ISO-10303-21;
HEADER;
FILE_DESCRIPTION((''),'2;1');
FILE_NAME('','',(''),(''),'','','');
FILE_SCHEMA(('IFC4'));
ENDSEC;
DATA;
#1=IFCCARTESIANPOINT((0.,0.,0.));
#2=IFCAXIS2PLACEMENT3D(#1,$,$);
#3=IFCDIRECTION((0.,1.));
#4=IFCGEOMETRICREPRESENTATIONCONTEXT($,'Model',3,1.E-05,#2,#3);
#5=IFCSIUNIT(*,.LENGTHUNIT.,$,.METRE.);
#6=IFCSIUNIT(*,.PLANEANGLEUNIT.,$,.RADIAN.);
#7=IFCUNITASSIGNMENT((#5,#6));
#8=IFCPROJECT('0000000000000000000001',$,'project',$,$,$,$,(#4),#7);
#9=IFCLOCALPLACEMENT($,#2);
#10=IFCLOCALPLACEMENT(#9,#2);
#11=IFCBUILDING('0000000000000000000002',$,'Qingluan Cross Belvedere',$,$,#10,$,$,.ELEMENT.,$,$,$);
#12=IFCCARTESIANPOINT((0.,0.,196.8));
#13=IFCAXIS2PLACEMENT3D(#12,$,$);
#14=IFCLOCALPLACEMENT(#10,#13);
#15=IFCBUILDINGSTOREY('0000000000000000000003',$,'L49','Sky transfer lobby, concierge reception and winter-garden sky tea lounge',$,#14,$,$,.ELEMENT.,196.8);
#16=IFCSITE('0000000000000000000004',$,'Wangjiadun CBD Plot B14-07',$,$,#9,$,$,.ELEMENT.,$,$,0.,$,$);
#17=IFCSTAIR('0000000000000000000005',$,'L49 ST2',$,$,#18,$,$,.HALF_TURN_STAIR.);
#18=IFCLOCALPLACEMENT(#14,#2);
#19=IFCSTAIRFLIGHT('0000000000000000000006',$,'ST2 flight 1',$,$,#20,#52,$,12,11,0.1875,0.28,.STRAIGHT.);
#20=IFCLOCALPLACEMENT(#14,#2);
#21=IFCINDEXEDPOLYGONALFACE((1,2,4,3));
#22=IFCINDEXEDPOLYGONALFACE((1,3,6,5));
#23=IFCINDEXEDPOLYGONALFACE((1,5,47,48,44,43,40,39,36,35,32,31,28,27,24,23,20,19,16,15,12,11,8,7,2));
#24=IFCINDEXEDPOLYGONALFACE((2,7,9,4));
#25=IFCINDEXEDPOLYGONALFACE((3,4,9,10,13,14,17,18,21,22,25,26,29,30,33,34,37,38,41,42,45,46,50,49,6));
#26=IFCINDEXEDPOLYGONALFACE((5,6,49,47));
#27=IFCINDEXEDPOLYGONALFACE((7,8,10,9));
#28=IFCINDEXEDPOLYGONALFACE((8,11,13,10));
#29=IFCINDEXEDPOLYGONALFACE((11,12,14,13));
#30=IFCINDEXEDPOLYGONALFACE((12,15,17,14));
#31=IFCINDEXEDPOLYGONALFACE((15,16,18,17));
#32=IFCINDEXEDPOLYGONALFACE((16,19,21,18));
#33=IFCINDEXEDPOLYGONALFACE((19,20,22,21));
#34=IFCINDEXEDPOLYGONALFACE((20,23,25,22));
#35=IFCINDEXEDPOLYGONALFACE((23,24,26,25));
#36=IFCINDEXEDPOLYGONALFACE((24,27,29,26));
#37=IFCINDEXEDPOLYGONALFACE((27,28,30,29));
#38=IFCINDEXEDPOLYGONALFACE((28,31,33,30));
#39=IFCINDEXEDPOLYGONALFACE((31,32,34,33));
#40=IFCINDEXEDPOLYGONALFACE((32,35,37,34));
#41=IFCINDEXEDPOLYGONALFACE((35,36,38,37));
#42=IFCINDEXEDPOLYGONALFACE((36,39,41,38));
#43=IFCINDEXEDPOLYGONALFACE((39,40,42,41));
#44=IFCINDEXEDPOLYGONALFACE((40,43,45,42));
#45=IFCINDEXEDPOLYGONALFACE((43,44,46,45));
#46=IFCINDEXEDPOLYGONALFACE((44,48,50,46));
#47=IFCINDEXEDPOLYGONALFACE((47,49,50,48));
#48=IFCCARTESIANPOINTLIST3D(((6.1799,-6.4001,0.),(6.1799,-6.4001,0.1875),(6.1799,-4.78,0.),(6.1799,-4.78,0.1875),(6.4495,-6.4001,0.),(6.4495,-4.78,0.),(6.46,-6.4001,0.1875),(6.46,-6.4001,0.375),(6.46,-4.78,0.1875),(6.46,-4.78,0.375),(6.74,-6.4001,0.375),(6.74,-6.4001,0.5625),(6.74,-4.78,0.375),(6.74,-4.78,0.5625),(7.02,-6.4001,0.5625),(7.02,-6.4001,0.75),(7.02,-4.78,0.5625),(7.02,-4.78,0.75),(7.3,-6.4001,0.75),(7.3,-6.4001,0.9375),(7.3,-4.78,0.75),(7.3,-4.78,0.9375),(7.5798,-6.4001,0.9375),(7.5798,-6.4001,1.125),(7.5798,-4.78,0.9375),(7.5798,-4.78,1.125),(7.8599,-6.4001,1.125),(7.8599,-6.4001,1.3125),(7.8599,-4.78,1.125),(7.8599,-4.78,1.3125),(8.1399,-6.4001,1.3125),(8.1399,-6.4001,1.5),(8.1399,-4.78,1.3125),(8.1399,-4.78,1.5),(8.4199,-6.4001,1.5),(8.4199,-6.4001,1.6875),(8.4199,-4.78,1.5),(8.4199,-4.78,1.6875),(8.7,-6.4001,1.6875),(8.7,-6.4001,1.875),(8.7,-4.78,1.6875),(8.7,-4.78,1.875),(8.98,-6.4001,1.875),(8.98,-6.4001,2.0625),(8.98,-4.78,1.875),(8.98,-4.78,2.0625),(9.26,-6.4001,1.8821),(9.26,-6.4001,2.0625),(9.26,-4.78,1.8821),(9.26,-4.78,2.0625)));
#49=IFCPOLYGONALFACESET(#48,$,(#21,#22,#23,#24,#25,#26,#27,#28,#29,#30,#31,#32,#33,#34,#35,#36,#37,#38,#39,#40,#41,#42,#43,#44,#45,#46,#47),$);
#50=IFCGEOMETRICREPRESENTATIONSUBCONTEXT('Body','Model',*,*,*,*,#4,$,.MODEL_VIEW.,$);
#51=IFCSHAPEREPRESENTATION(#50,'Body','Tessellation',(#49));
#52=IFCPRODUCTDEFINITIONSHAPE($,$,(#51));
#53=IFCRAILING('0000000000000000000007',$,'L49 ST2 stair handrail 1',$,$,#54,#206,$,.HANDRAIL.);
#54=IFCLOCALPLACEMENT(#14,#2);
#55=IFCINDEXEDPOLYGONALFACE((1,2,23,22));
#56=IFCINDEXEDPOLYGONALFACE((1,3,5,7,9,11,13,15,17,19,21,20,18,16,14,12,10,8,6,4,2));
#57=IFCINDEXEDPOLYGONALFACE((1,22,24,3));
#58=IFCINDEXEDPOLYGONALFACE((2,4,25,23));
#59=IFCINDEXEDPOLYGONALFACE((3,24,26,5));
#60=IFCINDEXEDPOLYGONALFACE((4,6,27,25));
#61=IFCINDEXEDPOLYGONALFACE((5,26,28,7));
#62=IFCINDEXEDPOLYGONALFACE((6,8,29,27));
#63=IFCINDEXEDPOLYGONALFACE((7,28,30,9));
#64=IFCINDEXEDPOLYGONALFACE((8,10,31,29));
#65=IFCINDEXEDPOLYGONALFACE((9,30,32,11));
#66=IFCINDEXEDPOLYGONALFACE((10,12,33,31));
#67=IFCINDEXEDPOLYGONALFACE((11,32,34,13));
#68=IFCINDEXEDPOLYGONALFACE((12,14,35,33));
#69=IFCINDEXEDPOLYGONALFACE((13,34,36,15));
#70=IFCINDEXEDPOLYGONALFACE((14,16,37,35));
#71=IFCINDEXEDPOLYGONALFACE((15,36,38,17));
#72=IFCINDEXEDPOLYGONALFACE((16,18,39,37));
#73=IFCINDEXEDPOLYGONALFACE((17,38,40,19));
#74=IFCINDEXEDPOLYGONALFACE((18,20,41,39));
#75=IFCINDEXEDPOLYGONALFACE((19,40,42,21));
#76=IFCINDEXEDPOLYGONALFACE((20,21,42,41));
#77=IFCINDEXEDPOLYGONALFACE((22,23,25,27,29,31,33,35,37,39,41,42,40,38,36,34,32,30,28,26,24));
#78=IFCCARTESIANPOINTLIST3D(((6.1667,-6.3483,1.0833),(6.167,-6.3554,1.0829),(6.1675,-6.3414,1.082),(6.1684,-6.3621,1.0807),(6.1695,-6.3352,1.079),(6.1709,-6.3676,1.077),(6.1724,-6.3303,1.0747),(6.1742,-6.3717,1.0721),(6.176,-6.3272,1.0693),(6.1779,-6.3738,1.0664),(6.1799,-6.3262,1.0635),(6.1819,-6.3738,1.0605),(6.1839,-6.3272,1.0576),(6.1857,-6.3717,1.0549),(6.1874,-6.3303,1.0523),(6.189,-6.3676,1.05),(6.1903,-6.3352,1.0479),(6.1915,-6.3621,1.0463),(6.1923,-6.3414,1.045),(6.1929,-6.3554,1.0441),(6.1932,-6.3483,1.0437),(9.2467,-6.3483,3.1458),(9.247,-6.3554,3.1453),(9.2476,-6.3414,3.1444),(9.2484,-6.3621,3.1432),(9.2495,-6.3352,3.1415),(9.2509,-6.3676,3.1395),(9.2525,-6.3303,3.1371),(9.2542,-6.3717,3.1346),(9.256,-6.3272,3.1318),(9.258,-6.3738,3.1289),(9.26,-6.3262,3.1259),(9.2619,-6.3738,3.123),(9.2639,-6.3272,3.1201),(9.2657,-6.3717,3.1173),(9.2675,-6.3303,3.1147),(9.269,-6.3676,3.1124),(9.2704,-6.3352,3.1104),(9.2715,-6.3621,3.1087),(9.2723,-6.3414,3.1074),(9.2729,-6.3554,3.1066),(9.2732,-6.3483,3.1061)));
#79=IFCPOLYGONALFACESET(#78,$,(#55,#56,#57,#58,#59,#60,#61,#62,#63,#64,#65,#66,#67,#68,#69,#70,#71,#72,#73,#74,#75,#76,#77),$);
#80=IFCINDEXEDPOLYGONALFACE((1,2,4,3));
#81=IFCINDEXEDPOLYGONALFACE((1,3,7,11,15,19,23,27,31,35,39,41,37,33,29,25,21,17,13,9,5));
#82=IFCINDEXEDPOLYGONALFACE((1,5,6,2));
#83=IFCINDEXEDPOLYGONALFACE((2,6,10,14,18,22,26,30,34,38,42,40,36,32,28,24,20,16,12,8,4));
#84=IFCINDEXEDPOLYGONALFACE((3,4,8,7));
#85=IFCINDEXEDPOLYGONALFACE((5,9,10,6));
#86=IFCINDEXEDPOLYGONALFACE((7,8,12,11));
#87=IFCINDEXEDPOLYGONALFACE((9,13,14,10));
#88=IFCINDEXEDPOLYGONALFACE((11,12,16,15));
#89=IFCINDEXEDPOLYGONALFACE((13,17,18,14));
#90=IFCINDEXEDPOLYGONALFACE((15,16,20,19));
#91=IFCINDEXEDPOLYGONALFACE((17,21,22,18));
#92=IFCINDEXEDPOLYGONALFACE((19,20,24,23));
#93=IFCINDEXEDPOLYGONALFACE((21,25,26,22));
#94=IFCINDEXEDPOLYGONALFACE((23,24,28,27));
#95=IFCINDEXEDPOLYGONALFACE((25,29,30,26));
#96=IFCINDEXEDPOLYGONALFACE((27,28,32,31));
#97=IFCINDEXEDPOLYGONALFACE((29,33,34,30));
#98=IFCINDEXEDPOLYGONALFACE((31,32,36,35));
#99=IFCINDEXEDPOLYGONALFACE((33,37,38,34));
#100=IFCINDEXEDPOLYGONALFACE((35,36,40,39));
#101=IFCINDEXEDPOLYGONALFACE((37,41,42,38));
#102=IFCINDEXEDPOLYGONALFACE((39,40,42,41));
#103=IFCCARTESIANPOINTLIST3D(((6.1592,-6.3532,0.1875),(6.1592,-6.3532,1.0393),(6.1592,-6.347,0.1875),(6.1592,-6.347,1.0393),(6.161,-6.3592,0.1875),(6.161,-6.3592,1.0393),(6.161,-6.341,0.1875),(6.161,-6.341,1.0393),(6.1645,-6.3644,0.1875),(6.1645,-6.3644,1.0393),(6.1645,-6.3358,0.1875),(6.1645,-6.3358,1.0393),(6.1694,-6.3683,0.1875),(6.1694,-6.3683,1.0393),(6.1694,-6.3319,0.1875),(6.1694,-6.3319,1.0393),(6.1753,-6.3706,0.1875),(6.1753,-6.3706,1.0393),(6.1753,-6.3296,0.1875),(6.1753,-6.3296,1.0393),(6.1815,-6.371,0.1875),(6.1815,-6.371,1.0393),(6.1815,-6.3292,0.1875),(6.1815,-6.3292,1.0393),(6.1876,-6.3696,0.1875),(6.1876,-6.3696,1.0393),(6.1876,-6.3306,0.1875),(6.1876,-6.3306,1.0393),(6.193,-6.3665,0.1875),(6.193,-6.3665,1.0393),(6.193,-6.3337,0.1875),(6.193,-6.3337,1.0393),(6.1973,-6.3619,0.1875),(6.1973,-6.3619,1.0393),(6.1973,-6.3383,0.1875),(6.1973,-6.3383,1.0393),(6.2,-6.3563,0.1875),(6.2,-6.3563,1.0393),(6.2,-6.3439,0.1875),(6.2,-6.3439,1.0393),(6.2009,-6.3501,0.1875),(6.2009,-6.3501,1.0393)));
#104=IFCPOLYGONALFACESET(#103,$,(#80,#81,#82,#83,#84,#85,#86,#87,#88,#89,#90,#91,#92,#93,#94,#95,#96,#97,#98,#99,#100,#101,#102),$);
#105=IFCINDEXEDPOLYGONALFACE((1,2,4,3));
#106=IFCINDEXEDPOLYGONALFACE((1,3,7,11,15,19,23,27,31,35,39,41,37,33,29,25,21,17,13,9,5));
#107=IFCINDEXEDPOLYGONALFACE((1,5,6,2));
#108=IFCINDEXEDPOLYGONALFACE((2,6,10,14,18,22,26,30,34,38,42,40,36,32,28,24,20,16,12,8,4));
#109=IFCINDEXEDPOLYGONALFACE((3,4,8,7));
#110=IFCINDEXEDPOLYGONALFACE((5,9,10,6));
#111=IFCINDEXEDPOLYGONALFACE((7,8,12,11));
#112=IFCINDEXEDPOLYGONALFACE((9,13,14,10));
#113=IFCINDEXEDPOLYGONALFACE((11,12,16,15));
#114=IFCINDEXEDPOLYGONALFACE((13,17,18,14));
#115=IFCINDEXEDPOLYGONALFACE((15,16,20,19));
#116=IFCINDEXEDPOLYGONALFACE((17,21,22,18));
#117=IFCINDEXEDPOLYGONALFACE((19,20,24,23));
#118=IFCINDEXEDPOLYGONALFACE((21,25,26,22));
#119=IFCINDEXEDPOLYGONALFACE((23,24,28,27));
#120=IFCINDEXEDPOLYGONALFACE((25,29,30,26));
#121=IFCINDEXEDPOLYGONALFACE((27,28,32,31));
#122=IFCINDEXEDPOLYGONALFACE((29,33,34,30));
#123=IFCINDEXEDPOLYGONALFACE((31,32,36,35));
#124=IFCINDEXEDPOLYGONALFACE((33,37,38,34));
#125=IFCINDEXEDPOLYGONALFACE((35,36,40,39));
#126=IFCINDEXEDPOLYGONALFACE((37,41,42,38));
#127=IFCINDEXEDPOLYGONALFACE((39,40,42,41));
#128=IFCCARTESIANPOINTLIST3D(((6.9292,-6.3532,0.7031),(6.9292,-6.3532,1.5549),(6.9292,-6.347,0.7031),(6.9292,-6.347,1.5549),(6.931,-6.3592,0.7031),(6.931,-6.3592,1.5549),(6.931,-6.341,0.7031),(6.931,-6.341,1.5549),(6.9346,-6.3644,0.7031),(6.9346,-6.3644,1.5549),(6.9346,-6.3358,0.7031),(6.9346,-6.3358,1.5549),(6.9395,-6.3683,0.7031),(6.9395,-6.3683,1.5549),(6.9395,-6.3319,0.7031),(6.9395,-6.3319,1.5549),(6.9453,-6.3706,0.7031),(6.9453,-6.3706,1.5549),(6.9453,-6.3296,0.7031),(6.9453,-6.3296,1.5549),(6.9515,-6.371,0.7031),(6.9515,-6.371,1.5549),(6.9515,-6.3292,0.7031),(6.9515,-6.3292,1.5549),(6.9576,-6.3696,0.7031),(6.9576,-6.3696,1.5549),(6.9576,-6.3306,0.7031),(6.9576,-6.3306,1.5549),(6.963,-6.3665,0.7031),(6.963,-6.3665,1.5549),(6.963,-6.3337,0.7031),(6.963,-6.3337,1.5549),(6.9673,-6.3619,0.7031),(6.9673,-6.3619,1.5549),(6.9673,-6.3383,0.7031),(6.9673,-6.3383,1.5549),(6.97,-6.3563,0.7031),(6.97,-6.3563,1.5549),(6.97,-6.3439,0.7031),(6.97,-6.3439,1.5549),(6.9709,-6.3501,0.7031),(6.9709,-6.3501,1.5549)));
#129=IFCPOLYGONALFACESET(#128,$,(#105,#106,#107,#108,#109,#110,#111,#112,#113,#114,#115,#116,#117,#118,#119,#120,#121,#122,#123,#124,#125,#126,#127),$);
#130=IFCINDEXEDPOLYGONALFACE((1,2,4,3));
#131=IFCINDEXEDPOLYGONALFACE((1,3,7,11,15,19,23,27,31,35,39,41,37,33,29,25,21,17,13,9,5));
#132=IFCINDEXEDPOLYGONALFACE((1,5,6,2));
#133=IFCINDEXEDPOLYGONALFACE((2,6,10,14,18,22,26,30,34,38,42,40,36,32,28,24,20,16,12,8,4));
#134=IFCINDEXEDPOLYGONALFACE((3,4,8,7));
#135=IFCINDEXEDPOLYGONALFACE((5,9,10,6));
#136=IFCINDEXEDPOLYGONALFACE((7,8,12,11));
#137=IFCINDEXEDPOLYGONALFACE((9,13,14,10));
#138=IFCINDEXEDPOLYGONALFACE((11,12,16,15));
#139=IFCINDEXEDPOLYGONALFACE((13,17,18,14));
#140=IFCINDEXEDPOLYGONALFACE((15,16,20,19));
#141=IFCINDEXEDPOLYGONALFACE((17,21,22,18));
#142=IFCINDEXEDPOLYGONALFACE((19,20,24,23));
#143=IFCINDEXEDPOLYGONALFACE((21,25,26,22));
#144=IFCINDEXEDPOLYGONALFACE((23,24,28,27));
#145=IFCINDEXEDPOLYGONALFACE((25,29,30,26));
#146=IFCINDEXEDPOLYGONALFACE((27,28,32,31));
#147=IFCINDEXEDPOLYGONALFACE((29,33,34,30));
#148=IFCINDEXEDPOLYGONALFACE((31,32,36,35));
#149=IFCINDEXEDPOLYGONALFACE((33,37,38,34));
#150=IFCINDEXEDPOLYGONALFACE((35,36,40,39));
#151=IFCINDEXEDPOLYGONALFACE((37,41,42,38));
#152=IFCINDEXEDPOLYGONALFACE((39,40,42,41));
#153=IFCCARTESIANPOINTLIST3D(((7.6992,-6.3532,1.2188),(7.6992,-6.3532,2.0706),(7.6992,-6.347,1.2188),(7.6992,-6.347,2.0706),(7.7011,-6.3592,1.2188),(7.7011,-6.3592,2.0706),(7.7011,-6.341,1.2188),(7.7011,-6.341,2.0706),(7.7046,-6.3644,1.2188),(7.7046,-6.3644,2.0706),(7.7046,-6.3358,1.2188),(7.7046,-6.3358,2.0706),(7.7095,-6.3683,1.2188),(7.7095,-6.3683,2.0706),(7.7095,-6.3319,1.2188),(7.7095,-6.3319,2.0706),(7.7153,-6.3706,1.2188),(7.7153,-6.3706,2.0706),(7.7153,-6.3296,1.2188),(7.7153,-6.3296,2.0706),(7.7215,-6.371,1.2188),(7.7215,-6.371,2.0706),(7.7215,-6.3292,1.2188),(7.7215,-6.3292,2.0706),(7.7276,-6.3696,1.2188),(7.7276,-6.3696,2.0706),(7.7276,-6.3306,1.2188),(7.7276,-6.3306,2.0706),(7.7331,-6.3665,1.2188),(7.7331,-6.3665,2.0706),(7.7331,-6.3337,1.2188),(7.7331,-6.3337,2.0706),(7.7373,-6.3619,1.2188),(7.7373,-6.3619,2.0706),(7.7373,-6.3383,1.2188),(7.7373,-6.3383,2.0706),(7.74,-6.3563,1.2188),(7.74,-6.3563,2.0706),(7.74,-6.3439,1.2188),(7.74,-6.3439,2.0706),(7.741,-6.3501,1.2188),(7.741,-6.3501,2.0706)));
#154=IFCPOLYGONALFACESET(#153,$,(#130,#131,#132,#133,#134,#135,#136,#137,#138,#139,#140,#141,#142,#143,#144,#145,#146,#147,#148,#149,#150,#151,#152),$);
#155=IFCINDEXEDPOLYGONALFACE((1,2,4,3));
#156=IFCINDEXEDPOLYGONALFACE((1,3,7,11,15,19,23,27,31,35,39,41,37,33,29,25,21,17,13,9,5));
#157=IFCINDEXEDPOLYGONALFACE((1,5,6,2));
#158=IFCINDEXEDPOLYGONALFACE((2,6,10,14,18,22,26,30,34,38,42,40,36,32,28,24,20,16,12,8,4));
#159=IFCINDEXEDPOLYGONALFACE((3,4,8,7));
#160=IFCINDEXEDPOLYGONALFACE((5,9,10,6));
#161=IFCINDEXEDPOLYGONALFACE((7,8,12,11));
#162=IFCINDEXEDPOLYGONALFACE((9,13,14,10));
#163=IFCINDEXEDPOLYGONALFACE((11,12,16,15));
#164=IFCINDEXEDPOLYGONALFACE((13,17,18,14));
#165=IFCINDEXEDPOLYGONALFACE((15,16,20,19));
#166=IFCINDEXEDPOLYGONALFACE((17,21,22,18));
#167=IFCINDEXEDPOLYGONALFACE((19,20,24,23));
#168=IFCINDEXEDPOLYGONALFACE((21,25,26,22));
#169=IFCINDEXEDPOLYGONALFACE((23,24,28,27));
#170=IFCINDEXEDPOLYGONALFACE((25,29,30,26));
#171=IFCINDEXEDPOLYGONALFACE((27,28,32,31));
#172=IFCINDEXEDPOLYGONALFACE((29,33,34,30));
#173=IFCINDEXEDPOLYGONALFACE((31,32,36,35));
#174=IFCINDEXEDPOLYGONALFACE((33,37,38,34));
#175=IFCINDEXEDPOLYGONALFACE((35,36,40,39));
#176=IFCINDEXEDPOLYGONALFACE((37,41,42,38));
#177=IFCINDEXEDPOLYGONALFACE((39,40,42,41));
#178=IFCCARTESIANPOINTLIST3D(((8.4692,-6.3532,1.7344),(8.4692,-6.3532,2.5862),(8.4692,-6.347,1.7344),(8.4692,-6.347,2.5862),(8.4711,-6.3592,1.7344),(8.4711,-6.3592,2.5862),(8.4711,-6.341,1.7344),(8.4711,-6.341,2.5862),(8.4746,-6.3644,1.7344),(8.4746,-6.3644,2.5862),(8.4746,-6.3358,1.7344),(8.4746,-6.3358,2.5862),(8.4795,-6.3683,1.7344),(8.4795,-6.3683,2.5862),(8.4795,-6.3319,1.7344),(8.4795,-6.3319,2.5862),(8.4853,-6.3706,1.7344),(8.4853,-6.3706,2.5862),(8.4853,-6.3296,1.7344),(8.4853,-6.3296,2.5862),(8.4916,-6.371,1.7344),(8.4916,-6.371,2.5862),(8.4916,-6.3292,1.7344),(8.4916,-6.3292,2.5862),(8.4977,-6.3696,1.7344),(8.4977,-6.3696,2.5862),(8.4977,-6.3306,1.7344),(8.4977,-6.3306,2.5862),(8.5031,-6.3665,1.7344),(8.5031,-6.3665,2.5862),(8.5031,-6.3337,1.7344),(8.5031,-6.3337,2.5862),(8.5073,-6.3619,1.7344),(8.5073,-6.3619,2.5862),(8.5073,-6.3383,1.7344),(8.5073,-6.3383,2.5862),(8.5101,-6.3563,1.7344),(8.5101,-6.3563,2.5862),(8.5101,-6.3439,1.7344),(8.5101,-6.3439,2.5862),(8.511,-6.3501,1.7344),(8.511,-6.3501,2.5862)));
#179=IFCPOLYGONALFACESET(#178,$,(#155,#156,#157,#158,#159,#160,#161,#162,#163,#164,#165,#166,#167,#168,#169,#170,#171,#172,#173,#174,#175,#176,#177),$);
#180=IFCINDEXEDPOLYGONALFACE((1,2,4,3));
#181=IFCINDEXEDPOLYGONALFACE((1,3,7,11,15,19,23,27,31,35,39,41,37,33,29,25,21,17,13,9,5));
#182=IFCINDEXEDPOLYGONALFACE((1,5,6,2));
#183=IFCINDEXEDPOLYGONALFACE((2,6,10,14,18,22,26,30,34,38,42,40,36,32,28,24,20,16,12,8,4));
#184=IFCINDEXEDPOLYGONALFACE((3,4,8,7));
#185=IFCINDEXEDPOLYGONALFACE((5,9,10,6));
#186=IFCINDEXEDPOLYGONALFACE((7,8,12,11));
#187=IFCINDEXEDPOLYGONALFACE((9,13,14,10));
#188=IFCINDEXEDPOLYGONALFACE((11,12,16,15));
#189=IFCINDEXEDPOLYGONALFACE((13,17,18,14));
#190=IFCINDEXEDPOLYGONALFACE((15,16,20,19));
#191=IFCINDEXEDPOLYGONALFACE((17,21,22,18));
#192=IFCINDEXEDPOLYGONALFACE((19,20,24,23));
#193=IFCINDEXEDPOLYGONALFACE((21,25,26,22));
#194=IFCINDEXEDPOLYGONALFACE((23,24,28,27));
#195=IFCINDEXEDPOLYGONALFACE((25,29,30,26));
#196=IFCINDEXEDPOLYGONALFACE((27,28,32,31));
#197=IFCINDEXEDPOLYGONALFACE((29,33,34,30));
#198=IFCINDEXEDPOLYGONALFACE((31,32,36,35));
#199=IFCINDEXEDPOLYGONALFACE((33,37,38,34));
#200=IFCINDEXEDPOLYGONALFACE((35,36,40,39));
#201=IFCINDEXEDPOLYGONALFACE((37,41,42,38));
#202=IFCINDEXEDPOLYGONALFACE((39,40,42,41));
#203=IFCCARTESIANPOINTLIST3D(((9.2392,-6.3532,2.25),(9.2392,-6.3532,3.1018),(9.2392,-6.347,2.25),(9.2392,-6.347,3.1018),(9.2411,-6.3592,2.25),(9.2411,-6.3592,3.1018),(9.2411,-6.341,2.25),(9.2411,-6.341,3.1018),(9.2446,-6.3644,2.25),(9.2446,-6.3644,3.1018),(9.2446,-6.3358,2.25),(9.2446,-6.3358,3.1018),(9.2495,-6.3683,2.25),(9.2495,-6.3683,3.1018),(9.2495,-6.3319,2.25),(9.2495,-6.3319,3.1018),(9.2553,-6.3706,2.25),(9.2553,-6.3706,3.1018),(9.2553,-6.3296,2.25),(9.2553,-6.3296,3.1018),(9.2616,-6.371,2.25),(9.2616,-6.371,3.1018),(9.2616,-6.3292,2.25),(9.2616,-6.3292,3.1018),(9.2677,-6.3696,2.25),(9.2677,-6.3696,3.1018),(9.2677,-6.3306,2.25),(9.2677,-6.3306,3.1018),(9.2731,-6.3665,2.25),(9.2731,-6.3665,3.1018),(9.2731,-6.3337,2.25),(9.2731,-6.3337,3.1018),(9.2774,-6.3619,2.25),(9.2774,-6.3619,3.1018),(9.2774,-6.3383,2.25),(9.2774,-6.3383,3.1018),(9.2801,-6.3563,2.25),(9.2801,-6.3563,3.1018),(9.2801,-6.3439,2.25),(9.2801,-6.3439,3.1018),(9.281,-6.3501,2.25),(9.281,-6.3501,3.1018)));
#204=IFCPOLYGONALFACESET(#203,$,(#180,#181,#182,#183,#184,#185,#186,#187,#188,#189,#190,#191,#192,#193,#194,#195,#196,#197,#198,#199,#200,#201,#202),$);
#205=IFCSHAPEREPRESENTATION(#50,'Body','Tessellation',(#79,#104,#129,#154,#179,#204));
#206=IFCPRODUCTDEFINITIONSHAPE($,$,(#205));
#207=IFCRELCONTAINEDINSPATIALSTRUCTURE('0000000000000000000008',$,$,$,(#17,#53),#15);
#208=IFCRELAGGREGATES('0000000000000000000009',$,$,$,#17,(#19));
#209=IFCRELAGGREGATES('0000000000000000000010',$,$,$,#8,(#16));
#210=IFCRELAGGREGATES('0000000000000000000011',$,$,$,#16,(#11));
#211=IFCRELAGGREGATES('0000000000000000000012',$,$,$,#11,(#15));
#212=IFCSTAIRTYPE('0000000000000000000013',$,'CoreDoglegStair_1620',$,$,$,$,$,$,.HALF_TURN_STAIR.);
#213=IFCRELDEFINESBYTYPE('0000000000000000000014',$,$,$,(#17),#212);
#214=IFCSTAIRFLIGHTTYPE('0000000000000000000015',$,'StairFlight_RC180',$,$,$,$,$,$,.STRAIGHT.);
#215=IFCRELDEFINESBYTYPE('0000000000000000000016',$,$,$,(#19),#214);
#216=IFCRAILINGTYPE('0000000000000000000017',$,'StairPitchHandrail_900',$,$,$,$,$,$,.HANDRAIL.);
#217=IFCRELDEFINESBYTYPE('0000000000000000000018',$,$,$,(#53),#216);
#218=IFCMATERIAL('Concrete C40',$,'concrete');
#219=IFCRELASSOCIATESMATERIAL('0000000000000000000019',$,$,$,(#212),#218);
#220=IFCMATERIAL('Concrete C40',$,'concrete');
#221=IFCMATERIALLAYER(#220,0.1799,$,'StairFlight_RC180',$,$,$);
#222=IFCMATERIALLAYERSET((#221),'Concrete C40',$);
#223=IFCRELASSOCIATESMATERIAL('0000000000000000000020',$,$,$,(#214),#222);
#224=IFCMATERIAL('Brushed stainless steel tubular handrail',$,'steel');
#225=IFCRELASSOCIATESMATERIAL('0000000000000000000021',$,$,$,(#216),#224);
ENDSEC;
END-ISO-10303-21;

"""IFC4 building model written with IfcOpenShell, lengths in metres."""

from ifc_helpers import new_model, si_unit, direction, frame, origin, origin_2d, place, context, subcontext, project, spatial, polyline, circle, outline, extrude, material, layer, layer_set, type_object, element, aggregate, save


model = new_model("IFC4")

# Units and contexts
model_context = context("Model", 3, precision=1e-05, world=origin(), true_north=direction((0.0, 1.0)))
body_context = subcontext(model_context, "Body", "Model", "MODEL_VIEW")
ifc_project = project(units=[si_unit("LENGTHUNIT", "METRE"), si_unit("PLANEANGLEUNIT", "RADIAN")], contexts=[model_context])

# Site, building, storey
site_placement = place(None, origin())
site = spatial("IfcSite", under=ifc_project, at=site_placement, Name="Wangjiadun CBD Plot B14-07", CompositionType="ELEMENT", RefElevation=0.0)
building_placement = place(site_placement, origin())
building = spatial("IfcBuilding", under=site, at=building_placement, Name="Qingluan Cross Belvedere", CompositionType="ELEMENT")
storey_placement = place(building_placement, frame((0.0, 0.0, 196.8)))
storey = spatial("IfcBuildingStorey", under=building, at=storey_placement, Name="L49", Description="Sky transfer lobby, concierge reception and winter-garden sky tea lounge", CompositionType="ELEMENT", Elevation=196.8)

# Stair, stair flight
ifc_material_1 = material(Name="Concrete C40", Category="concrete")
stair_type = type_object("IfcStairType", Name="CoreDoglegStair_1620", PredefinedType="HALF_TURN_STAIR", material=ifc_material_1)
stair_placement = place(storey_placement, origin())
stair = element("IfcStair", 1, at=stair_placement, inside=storey, type_object=stair_type, Name="L49 ST2", PredefinedType="HALF_TURN_STAIR")
ifc_material_2 = material(Name="Concrete C40", Category="concrete")
ifc_layer_1 = layer(ifc_material_2, 0.1799, Name="StairFlight_RC180")
ifc_layer_set_1 = layer_set([ifc_layer_1], Name="Concrete C40")
stair_flight_type = type_object("IfcStairFlightType", Name="StairFlight_RC180", PredefinedType="STRAIGHT", material=ifc_layer_set_1)
stair_flight_placement = place(storey_placement, frame((6.1799, -5.5901, 0.0), z_axis=(0.0, 0.0, 1.0), x_axis=(1.0, 0.0, 0.0)))
stair_flight = element("IfcStairFlight", 2, at=stair_flight_placement, type_object=stair_flight_type, Name="ST2 flight 1", NumberOfRisers=12, NumberOfTreads=11, PredefinedType="STRAIGHT", RiserHeight=0.1875, TreadLength=0.28, context=body_context, shape_type="SweptSolid", body=[
    extrude(outline(polyline([(0.0, 0.0), (0.0, 0.1875), (0.28, 0.1875), (0.28, 0.375), (0.5601, 0.375), (0.5601, 0.5625), (0.8401, 0.5625), (0.8401, 0.75), (1.1201, 0.75), (1.1201, 0.9375), (1.3999, 0.9375), (1.3999, 1.125), (1.6799, 1.125), (1.6799, 1.3125), (1.96, 1.3125), (1.96, 1.5), (2.24, 1.5), (2.24, 1.6875), (2.52, 1.6875), (2.52, 1.875), (2.8, 1.875), (2.8, 2.0625), (3.0801, 2.0625), (3.0801, 2.25), (3.0801, 1.8821), (0.2695, 0.0), (0.0, 0.0)])), frame((0.0, 0.8101, 0.0), z_axis=(0.0, -1.0, 0.0), x_axis=(1.0, 0.0, 0.0)), (0.0, 0.0, 1.0), 1.6201),
])
aggregate(stair, [stair_flight])

# Railing
ifc_material_3 = material(Name="Brushed stainless steel tubular handrail", Category="steel")
railing_type_1 = type_object("IfcRailingType", Name="StairPitchHandrail_900", PredefinedType="HANDRAIL", material=ifc_material_3)
railing_1_placement = place(storey_placement, frame((6.1799, -6.3501, 0.1875)))
element("IfcRailing", 3, at=railing_1_placement, inside=storey, type_object=railing_type_1, Name="L49 ST2 stair handrail 1", PredefinedType="HANDRAIL", context=body_context, shape_type="SweptSolid", body=[
    extrude(circle(Radius=0.0239, at=origin_2d()), frame((0.0, 0.0, 0.876), z_axis=(0.830914, 0.0, 0.556401), x_axis=(0.0, 1.0, 0.0)), (0.0, 0.0, 1.0), 3.7068),
    extrude(circle(Radius=0.021, at=origin_2d()), origin(), (0.0, 0.0, 1.0), 0.8518),
    extrude(circle(Radius=0.021, at=origin_2d()), frame((0.77, 0.0, 0.5156)), (0.0, 0.0, 1.0), 0.8518),
    extrude(circle(Radius=0.021, at=origin_2d()), frame((1.54, 0.0, 1.0312)), (0.0, 0.0, 1.0), 0.8518),
    extrude(circle(Radius=0.021, at=origin_2d()), frame((2.3101, 0.0, 1.5469)), (0.0, 0.0, 1.0), 0.8518),
    extrude(circle(Radius=0.021, at=origin_2d()), frame((3.0801, 0.0, 2.0625)), (0.0, 0.0, 1.0), 0.8518),
])

save(model, "model.ifc")
